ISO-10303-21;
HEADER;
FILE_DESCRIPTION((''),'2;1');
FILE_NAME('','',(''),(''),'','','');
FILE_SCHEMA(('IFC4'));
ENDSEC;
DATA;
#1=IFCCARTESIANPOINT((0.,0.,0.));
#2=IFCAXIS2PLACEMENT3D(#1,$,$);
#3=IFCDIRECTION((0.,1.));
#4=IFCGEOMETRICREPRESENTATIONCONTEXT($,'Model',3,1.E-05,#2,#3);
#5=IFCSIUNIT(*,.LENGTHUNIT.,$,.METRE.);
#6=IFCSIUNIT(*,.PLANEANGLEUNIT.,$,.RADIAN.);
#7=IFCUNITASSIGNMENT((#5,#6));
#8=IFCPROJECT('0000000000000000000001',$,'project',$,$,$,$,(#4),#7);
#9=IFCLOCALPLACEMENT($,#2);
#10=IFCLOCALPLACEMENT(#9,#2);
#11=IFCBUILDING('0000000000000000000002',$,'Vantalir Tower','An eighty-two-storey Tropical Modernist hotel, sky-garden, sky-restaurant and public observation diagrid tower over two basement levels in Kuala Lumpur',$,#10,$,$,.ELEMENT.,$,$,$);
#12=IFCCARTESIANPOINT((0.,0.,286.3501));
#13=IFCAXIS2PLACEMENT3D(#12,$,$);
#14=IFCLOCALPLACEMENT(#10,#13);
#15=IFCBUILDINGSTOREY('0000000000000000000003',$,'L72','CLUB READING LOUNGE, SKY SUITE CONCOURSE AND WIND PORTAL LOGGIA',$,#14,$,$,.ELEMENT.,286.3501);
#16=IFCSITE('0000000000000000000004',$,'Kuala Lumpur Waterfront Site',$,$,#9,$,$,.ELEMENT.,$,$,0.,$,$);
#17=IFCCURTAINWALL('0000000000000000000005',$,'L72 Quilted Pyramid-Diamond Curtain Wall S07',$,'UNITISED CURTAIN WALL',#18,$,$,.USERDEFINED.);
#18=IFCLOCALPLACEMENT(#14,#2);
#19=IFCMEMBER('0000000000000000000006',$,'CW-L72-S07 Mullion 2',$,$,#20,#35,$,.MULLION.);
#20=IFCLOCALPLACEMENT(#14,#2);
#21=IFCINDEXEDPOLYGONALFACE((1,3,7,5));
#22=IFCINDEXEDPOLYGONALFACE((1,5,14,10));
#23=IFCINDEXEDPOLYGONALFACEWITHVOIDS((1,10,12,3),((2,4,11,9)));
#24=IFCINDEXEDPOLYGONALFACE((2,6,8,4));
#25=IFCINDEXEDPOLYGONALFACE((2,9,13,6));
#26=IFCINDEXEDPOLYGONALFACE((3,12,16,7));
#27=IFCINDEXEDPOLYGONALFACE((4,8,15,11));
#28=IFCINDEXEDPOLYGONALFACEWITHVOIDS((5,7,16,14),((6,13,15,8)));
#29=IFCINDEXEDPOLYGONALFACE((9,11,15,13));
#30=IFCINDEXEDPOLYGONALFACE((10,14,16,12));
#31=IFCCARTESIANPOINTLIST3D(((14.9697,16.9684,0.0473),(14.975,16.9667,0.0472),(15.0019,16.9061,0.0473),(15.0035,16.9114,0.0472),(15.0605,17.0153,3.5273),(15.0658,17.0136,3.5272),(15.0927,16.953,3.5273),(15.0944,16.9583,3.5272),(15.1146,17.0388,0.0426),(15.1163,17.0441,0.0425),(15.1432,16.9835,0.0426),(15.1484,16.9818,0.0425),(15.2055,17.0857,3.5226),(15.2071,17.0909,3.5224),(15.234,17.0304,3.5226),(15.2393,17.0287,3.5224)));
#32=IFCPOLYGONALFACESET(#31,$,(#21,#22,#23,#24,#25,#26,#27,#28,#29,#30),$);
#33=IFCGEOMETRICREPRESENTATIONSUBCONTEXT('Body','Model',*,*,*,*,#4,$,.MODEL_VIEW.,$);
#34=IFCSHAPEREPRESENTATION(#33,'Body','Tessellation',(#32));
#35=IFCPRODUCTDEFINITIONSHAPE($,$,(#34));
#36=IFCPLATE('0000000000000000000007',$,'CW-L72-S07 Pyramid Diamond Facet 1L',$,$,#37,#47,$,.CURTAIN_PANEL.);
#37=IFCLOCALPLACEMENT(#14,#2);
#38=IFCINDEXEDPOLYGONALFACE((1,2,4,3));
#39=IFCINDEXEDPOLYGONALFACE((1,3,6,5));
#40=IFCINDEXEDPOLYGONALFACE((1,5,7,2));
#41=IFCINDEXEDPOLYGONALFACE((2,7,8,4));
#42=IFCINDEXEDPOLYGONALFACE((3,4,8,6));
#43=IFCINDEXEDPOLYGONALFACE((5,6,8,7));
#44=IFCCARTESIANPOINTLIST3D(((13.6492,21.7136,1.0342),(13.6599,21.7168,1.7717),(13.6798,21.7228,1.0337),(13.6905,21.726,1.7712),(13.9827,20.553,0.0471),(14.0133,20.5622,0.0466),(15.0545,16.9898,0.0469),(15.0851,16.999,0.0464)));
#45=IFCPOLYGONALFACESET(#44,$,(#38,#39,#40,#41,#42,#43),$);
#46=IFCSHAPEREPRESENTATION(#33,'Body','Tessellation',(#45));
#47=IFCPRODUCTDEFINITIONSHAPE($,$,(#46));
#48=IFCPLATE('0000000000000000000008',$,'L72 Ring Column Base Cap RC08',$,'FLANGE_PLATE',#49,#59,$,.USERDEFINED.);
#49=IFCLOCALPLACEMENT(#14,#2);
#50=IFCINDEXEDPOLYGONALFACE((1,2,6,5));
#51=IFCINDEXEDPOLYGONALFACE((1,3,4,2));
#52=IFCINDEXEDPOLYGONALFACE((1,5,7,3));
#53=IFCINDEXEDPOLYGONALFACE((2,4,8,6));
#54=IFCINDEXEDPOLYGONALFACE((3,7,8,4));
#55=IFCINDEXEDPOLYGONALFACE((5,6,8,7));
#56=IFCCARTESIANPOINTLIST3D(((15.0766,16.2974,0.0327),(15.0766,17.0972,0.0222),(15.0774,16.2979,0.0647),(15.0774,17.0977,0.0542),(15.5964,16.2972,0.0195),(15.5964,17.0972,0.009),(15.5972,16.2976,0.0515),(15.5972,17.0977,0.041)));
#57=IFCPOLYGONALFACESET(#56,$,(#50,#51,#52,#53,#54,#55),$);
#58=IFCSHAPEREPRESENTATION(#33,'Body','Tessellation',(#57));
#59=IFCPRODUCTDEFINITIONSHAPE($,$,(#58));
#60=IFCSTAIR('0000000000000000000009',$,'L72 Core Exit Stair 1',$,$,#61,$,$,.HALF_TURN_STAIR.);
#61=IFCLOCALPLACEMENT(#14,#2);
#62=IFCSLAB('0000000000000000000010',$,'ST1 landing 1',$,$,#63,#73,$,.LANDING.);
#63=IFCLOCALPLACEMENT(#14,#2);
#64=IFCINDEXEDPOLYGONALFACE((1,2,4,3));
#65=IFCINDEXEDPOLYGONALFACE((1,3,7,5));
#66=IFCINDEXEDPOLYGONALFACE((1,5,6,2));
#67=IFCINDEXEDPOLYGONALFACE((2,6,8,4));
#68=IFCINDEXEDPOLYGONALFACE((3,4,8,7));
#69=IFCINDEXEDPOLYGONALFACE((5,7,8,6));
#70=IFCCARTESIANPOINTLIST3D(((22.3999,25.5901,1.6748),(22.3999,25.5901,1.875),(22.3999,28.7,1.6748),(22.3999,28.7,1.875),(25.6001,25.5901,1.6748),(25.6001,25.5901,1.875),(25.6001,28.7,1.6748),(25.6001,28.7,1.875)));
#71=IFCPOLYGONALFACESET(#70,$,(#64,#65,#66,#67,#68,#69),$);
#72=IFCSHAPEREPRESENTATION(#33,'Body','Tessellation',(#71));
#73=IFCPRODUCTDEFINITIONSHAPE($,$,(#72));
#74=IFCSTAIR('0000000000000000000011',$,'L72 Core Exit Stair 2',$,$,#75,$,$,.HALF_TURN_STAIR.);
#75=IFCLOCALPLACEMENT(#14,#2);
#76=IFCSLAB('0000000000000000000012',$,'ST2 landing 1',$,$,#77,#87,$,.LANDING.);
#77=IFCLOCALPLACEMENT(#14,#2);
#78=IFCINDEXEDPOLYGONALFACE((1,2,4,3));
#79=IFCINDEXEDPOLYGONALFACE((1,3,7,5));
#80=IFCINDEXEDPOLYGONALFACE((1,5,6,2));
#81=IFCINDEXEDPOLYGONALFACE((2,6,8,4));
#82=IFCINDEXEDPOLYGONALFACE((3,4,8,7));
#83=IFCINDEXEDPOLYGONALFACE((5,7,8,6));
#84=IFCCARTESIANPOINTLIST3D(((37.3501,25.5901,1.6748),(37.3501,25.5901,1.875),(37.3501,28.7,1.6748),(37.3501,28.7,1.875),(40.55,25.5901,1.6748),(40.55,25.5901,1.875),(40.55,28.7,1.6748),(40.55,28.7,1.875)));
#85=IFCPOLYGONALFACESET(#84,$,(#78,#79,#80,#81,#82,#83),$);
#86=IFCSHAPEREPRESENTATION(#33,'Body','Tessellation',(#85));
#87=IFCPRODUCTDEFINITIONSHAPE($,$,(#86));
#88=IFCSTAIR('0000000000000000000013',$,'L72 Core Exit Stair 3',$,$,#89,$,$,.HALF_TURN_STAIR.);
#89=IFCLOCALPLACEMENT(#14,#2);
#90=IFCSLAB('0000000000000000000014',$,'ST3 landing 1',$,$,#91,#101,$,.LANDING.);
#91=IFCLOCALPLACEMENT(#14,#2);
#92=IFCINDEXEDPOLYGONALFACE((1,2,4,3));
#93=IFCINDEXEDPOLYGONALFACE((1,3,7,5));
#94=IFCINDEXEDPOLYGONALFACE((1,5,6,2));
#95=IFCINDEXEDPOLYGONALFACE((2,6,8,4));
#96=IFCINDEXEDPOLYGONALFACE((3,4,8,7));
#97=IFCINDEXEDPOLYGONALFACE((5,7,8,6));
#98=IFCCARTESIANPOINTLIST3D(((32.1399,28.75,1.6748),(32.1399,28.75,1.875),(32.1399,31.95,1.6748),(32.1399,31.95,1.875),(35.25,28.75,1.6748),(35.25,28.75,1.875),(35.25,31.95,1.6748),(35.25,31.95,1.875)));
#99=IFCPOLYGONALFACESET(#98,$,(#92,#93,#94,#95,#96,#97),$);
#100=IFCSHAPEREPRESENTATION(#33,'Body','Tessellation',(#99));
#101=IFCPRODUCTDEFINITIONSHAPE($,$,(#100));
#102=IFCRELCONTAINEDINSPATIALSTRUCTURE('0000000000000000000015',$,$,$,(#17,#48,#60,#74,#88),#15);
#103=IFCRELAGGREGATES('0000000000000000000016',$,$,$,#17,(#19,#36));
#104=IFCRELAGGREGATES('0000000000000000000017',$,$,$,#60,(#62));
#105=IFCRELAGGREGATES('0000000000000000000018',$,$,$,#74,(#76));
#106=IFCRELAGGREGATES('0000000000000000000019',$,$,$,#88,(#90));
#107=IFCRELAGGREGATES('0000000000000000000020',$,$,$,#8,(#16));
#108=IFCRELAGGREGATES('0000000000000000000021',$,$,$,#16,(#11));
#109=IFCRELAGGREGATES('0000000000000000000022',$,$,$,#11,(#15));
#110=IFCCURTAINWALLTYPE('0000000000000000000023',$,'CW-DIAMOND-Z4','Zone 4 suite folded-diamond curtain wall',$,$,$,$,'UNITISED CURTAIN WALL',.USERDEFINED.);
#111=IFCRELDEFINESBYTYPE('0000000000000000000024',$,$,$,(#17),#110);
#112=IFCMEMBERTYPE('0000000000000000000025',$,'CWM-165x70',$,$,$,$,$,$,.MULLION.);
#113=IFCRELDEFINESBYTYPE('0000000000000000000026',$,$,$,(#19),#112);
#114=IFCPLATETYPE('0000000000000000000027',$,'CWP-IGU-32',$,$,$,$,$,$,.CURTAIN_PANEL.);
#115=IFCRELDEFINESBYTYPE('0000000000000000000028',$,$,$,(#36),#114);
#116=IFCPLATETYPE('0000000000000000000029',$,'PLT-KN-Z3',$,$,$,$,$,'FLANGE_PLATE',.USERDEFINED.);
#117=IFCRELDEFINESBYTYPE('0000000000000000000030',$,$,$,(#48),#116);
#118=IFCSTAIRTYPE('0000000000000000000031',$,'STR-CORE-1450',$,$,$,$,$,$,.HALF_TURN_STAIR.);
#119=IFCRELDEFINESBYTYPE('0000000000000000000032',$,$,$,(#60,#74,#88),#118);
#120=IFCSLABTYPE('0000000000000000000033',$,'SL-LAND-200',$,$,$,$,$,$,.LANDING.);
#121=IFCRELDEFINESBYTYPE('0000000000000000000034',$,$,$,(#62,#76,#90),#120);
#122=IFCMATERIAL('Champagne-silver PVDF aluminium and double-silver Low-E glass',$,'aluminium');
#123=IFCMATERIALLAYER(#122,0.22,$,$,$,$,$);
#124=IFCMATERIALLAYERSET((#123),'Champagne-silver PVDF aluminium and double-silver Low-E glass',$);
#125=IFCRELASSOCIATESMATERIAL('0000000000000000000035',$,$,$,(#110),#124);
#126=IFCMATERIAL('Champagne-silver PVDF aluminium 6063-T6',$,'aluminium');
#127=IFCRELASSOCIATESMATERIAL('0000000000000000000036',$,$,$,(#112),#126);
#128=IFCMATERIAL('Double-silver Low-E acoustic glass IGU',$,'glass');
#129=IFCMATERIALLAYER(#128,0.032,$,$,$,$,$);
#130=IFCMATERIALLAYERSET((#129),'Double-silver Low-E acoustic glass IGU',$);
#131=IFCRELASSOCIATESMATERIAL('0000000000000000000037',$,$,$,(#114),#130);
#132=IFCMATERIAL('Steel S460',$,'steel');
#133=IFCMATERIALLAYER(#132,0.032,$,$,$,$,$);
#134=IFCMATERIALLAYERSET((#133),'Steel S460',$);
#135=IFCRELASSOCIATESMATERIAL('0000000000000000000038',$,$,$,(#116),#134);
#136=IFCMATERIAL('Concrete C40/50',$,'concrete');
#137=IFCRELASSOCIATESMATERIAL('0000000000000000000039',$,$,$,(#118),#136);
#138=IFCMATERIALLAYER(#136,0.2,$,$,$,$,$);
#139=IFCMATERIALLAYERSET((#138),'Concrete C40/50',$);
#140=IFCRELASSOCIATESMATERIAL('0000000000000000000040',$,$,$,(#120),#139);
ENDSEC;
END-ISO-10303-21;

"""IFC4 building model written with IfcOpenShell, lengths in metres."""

from ifc_helpers import new_model, si_unit, direction, frame, origin, origin_2d, place, context, subcontext, project, spatial, polyline, hollow_rectangle, outline, extrude, material, layer, layer_set, material_profile, profile_set, type_object, element, aggregate, save


model = new_model("IFC4")

# Units and contexts
model_context = context("Model", 3, precision=1e-05, world=origin(), true_north=direction((0.0, 1.0)))
body_context = subcontext(model_context, "Body", "Model", "MODEL_VIEW")
ifc_project = project(units=[si_unit("LENGTHUNIT", "METRE"), si_unit("PLANEANGLEUNIT", "RADIAN")], contexts=[model_context])

# Site, building, storey
site_placement = place(None, origin())
site = spatial("IfcSite", under=ifc_project, at=site_placement, Name="Kuala Lumpur Waterfront Site", CompositionType="ELEMENT", RefElevation=0.0)
building_placement = place(site_placement, origin())
building = spatial("IfcBuilding", under=site, at=building_placement, Name="Vantalir Tower", Description="An eighty-two-storey Tropical Modernist hotel, sky-garden, sky-restaurant and public observation diagrid tower over two basement levels in Kuala Lumpur", CompositionType="ELEMENT")
storey_placement = place(building_placement, frame((0.0, 0.0, 286.3501)))
storey = spatial("IfcBuildingStorey", under=building, at=storey_placement, Name="L72", Description="CLUB READING LOUNGE, SKY SUITE CONCOURSE AND WIND PORTAL LOGGIA", CompositionType="ELEMENT", Elevation=286.3501)

# Curtain wall, member, plate
ifc_material_1 = material(Name="Champagne-silver PVDF aluminium and double-silver Low-E glass", Category="aluminium")
ifc_layer_1 = layer(ifc_material_1, 0.22)
ifc_layer_set_1 = layer_set([ifc_layer_1], Name="Champagne-silver PVDF aluminium and double-silver Low-E glass")
curtain_wall_type = type_object("IfcCurtainWallType", Name="CW-DIAMOND-Z4", Description="Zone 4 suite folded-diamond curtain wall", ElementType="UNITISED CURTAIN WALL", PredefinedType="USERDEFINED", material=ifc_layer_set_1)
curtain_wall_placement = place(storey_placement, origin())
curtain_wall = element("IfcCurtainWall", 1, at=curtain_wall_placement, inside=storey, type_object=curtain_wall_type, Name="L72 Quilted Pyramid-Diamond Curtain Wall S07", ObjectType="UNITISED CURTAIN WALL", PredefinedType="USERDEFINED")
ifc_material_2 = material(Name="Champagne-silver PVDF aluminium 6063-T6", Category="aluminium")
ifc_material_profile = material_profile(ifc_material_2, hollow_rectangle(XDim=0.0701, YDim=0.165, WallThickness=0.0039, at=origin_2d()), Name="Champagne-silver PVDF aluminium 6063-T6")
ifc_profile_set = profile_set([ifc_material_profile], Name="Champagne-silver PVDF aluminium 6063-T6")
member_type = type_object("IfcMemberType", Name="CWM-165x70", PredefinedType="MULLION", material=ifc_profile_set)
member_placement = place(storey_placement, frame((15.0591, 16.9751, 0.0449), z_axis=(0.026087, 0.013464, 0.999569), x_axis=(-0.458643, 0.888621, 0.0)))
member = element("IfcMember", 2, at=member_placement, type_object=member_type, Name="CW-L72-S07 Mullion 2", PredefinedType="MULLION", context=body_context, shape_type="SweptSolid", body=[
    extrude(hollow_rectangle(XDim=0.0701, YDim=0.165, WallThickness=0.0039, at=origin_2d()), origin(), (0.0, 0.0, 1.0), 3.4814),
])
ifc_material_3 = material(Name="Double-silver Low-E acoustic glass IGU", Category="glass")
ifc_layer_2 = layer(ifc_material_3, 0.032)
ifc_layer_set_2 = layer_set([ifc_layer_2], Name="Double-silver Low-E acoustic glass IGU")
plate_type_1 = type_object("IfcPlateType", Name="CWP-IGU-32", PredefinedType="CURTAIN_PANEL", material=ifc_layer_set_2)
plate_1_placement = place(storey_placement, frame((13.9827, 20.553, 0.0471), z_axis=(-0.957507, -0.288012, 0.015165), x_axis=(0.288044, -0.957617, -0.000066)))
plate_1 = element("IfcPlate", 3, at=plate_1_placement, type_object=plate_type_1, Name="CW-L72-S07 Pyramid Diamond Facet 1L", PredefinedType="CURTAIN_PANEL", context=body_context, shape_type="SweptSolid", body=[
    extrude(outline(polyline([(0.0, 0.0), (3.7209, 0.0), (-1.2076, 1.7247), (-1.2076, 0.9871), (0.0, 0.0)])), origin(), (0.0, 0.0, -1.0), 0.032),
])
aggregate(curtain_wall, [member, plate_1])

# Plate
ifc_material_4 = material(Name="Steel S460", Category="steel")
ifc_layer_3 = layer(ifc_material_4, 0.032)
ifc_layer_set_3 = layer_set([ifc_layer_3], Name="Steel S460")
plate_type_2 = type_object("IfcPlateType", Name="PLT-KN-Z3", ElementType="FLANGE_PLATE", PredefinedType="USERDEFINED", material=ifc_layer_set_3)
plate_2_placement = place(storey_placement, frame((15.0774, 17.0977, 0.0542), z_axis=(0.025357, 0.013118, 0.999592), x_axis=(0.0, -0.999914, 0.013123)))
element("IfcPlate", 4, at=plate_2_placement, inside=storey, type_object=plate_type_2, Name="L72 Ring Column Base Cap RC08", ObjectType="FLANGE_PLATE", PredefinedType="USERDEFINED", context=body_context, shape_type="SweptSolid", body=[
    extrude(outline(polyline([(0.0, 0.0), (0.7999, 0.0), (0.7999, 0.5199), (-0.0002, 0.5199), (0.0, 0.0)])), origin(), (0.0, 0.0, -1.0), 0.032),
])

# Stairs, slabs
ifc_material_5 = material(Name="Concrete C40/50", Category="concrete")
stair_type = type_object("IfcStairType", Name="STR-CORE-1450", PredefinedType="HALF_TURN_STAIR", material=ifc_material_5)
stair_1_placement = place(storey_placement, origin())
stair_1 = element("IfcStair", 5, at=stair_1_placement, inside=storey, type_object=stair_type, Name="L72 Core Exit Stair 1", PredefinedType="HALF_TURN_STAIR")
ifc_layer_4 = layer(ifc_material_5, 0.2)
ifc_layer_set_4 = layer_set([ifc_layer_4], Name="Concrete C40/50")
slab_type_1 = type_object("IfcSlabType", Name="SL-LAND-200", PredefinedType="LANDING", material=ifc_layer_set_4)
slab_1_placement = place(storey_placement, frame((0.0, 0.0, 1.6748)))
slab_1 = element("IfcSlab", 6, at=slab_1_placement, type_object=slab_type_1, Name="ST1 landing 1", PredefinedType="LANDING", context=body_context, shape_type="SweptSolid", body=[
    extrude(outline(polyline([(25.6001, 25.5901), (25.6001, 28.7), (22.3999, 28.7), (22.3999, 25.5901), (25.6001, 25.5901)])), origin(), (0.0, 0.0, 1.0), 0.2002),
])
aggregate(stair_1, [slab_1])
stair_2_placement = place(storey_placement, origin())
stair_2 = element("IfcStair", 7, at=stair_2_placement, inside=storey, type_object=stair_type, Name="L72 Core Exit Stair 2", PredefinedType="HALF_TURN_STAIR")
slab_2_placement = place(storey_placement, frame((0.0, 0.0, 1.6748)))
slab_2 = element("IfcSlab", 8, at=slab_2_placement, type_object=slab_type_1, Name="ST2 landing 1", PredefinedType="LANDING", context=body_context, shape_type="SweptSolid", body=[
    extrude(outline(polyline([(40.55, 25.5901), (40.55, 28.7), (37.3501, 28.7), (37.3501, 25.5901), (40.55, 25.5901)])), origin(), (0.0, 0.0, 1.0), 0.2002),
])
aggregate(stair_2, [slab_2])
stair_3_placement = place(storey_placement, origin())
stair_3 = element("IfcStair", 9, at=stair_3_placement, inside=storey, type_object=stair_type, Name="L72 Core Exit Stair 3", PredefinedType="HALF_TURN_STAIR")
slab_3_placement = place(storey_placement, frame((0.0, 0.0, 1.6748)))
slab_3 = element("IfcSlab", 10, at=slab_3_placement, type_object=slab_type_1, Name="ST3 landing 1", PredefinedType="LANDING", context=body_context, shape_type="SweptSolid", body=[
    extrude(outline(polyline([(32.1399, 28.75), (35.25, 28.75), (35.25, 31.95), (32.1399, 31.95), (32.1399, 28.75)])), origin(), (0.0, 0.0, 1.0), 0.2002),
])
aggregate(stair_3, [slab_3])

save(model, "model.ifc")
